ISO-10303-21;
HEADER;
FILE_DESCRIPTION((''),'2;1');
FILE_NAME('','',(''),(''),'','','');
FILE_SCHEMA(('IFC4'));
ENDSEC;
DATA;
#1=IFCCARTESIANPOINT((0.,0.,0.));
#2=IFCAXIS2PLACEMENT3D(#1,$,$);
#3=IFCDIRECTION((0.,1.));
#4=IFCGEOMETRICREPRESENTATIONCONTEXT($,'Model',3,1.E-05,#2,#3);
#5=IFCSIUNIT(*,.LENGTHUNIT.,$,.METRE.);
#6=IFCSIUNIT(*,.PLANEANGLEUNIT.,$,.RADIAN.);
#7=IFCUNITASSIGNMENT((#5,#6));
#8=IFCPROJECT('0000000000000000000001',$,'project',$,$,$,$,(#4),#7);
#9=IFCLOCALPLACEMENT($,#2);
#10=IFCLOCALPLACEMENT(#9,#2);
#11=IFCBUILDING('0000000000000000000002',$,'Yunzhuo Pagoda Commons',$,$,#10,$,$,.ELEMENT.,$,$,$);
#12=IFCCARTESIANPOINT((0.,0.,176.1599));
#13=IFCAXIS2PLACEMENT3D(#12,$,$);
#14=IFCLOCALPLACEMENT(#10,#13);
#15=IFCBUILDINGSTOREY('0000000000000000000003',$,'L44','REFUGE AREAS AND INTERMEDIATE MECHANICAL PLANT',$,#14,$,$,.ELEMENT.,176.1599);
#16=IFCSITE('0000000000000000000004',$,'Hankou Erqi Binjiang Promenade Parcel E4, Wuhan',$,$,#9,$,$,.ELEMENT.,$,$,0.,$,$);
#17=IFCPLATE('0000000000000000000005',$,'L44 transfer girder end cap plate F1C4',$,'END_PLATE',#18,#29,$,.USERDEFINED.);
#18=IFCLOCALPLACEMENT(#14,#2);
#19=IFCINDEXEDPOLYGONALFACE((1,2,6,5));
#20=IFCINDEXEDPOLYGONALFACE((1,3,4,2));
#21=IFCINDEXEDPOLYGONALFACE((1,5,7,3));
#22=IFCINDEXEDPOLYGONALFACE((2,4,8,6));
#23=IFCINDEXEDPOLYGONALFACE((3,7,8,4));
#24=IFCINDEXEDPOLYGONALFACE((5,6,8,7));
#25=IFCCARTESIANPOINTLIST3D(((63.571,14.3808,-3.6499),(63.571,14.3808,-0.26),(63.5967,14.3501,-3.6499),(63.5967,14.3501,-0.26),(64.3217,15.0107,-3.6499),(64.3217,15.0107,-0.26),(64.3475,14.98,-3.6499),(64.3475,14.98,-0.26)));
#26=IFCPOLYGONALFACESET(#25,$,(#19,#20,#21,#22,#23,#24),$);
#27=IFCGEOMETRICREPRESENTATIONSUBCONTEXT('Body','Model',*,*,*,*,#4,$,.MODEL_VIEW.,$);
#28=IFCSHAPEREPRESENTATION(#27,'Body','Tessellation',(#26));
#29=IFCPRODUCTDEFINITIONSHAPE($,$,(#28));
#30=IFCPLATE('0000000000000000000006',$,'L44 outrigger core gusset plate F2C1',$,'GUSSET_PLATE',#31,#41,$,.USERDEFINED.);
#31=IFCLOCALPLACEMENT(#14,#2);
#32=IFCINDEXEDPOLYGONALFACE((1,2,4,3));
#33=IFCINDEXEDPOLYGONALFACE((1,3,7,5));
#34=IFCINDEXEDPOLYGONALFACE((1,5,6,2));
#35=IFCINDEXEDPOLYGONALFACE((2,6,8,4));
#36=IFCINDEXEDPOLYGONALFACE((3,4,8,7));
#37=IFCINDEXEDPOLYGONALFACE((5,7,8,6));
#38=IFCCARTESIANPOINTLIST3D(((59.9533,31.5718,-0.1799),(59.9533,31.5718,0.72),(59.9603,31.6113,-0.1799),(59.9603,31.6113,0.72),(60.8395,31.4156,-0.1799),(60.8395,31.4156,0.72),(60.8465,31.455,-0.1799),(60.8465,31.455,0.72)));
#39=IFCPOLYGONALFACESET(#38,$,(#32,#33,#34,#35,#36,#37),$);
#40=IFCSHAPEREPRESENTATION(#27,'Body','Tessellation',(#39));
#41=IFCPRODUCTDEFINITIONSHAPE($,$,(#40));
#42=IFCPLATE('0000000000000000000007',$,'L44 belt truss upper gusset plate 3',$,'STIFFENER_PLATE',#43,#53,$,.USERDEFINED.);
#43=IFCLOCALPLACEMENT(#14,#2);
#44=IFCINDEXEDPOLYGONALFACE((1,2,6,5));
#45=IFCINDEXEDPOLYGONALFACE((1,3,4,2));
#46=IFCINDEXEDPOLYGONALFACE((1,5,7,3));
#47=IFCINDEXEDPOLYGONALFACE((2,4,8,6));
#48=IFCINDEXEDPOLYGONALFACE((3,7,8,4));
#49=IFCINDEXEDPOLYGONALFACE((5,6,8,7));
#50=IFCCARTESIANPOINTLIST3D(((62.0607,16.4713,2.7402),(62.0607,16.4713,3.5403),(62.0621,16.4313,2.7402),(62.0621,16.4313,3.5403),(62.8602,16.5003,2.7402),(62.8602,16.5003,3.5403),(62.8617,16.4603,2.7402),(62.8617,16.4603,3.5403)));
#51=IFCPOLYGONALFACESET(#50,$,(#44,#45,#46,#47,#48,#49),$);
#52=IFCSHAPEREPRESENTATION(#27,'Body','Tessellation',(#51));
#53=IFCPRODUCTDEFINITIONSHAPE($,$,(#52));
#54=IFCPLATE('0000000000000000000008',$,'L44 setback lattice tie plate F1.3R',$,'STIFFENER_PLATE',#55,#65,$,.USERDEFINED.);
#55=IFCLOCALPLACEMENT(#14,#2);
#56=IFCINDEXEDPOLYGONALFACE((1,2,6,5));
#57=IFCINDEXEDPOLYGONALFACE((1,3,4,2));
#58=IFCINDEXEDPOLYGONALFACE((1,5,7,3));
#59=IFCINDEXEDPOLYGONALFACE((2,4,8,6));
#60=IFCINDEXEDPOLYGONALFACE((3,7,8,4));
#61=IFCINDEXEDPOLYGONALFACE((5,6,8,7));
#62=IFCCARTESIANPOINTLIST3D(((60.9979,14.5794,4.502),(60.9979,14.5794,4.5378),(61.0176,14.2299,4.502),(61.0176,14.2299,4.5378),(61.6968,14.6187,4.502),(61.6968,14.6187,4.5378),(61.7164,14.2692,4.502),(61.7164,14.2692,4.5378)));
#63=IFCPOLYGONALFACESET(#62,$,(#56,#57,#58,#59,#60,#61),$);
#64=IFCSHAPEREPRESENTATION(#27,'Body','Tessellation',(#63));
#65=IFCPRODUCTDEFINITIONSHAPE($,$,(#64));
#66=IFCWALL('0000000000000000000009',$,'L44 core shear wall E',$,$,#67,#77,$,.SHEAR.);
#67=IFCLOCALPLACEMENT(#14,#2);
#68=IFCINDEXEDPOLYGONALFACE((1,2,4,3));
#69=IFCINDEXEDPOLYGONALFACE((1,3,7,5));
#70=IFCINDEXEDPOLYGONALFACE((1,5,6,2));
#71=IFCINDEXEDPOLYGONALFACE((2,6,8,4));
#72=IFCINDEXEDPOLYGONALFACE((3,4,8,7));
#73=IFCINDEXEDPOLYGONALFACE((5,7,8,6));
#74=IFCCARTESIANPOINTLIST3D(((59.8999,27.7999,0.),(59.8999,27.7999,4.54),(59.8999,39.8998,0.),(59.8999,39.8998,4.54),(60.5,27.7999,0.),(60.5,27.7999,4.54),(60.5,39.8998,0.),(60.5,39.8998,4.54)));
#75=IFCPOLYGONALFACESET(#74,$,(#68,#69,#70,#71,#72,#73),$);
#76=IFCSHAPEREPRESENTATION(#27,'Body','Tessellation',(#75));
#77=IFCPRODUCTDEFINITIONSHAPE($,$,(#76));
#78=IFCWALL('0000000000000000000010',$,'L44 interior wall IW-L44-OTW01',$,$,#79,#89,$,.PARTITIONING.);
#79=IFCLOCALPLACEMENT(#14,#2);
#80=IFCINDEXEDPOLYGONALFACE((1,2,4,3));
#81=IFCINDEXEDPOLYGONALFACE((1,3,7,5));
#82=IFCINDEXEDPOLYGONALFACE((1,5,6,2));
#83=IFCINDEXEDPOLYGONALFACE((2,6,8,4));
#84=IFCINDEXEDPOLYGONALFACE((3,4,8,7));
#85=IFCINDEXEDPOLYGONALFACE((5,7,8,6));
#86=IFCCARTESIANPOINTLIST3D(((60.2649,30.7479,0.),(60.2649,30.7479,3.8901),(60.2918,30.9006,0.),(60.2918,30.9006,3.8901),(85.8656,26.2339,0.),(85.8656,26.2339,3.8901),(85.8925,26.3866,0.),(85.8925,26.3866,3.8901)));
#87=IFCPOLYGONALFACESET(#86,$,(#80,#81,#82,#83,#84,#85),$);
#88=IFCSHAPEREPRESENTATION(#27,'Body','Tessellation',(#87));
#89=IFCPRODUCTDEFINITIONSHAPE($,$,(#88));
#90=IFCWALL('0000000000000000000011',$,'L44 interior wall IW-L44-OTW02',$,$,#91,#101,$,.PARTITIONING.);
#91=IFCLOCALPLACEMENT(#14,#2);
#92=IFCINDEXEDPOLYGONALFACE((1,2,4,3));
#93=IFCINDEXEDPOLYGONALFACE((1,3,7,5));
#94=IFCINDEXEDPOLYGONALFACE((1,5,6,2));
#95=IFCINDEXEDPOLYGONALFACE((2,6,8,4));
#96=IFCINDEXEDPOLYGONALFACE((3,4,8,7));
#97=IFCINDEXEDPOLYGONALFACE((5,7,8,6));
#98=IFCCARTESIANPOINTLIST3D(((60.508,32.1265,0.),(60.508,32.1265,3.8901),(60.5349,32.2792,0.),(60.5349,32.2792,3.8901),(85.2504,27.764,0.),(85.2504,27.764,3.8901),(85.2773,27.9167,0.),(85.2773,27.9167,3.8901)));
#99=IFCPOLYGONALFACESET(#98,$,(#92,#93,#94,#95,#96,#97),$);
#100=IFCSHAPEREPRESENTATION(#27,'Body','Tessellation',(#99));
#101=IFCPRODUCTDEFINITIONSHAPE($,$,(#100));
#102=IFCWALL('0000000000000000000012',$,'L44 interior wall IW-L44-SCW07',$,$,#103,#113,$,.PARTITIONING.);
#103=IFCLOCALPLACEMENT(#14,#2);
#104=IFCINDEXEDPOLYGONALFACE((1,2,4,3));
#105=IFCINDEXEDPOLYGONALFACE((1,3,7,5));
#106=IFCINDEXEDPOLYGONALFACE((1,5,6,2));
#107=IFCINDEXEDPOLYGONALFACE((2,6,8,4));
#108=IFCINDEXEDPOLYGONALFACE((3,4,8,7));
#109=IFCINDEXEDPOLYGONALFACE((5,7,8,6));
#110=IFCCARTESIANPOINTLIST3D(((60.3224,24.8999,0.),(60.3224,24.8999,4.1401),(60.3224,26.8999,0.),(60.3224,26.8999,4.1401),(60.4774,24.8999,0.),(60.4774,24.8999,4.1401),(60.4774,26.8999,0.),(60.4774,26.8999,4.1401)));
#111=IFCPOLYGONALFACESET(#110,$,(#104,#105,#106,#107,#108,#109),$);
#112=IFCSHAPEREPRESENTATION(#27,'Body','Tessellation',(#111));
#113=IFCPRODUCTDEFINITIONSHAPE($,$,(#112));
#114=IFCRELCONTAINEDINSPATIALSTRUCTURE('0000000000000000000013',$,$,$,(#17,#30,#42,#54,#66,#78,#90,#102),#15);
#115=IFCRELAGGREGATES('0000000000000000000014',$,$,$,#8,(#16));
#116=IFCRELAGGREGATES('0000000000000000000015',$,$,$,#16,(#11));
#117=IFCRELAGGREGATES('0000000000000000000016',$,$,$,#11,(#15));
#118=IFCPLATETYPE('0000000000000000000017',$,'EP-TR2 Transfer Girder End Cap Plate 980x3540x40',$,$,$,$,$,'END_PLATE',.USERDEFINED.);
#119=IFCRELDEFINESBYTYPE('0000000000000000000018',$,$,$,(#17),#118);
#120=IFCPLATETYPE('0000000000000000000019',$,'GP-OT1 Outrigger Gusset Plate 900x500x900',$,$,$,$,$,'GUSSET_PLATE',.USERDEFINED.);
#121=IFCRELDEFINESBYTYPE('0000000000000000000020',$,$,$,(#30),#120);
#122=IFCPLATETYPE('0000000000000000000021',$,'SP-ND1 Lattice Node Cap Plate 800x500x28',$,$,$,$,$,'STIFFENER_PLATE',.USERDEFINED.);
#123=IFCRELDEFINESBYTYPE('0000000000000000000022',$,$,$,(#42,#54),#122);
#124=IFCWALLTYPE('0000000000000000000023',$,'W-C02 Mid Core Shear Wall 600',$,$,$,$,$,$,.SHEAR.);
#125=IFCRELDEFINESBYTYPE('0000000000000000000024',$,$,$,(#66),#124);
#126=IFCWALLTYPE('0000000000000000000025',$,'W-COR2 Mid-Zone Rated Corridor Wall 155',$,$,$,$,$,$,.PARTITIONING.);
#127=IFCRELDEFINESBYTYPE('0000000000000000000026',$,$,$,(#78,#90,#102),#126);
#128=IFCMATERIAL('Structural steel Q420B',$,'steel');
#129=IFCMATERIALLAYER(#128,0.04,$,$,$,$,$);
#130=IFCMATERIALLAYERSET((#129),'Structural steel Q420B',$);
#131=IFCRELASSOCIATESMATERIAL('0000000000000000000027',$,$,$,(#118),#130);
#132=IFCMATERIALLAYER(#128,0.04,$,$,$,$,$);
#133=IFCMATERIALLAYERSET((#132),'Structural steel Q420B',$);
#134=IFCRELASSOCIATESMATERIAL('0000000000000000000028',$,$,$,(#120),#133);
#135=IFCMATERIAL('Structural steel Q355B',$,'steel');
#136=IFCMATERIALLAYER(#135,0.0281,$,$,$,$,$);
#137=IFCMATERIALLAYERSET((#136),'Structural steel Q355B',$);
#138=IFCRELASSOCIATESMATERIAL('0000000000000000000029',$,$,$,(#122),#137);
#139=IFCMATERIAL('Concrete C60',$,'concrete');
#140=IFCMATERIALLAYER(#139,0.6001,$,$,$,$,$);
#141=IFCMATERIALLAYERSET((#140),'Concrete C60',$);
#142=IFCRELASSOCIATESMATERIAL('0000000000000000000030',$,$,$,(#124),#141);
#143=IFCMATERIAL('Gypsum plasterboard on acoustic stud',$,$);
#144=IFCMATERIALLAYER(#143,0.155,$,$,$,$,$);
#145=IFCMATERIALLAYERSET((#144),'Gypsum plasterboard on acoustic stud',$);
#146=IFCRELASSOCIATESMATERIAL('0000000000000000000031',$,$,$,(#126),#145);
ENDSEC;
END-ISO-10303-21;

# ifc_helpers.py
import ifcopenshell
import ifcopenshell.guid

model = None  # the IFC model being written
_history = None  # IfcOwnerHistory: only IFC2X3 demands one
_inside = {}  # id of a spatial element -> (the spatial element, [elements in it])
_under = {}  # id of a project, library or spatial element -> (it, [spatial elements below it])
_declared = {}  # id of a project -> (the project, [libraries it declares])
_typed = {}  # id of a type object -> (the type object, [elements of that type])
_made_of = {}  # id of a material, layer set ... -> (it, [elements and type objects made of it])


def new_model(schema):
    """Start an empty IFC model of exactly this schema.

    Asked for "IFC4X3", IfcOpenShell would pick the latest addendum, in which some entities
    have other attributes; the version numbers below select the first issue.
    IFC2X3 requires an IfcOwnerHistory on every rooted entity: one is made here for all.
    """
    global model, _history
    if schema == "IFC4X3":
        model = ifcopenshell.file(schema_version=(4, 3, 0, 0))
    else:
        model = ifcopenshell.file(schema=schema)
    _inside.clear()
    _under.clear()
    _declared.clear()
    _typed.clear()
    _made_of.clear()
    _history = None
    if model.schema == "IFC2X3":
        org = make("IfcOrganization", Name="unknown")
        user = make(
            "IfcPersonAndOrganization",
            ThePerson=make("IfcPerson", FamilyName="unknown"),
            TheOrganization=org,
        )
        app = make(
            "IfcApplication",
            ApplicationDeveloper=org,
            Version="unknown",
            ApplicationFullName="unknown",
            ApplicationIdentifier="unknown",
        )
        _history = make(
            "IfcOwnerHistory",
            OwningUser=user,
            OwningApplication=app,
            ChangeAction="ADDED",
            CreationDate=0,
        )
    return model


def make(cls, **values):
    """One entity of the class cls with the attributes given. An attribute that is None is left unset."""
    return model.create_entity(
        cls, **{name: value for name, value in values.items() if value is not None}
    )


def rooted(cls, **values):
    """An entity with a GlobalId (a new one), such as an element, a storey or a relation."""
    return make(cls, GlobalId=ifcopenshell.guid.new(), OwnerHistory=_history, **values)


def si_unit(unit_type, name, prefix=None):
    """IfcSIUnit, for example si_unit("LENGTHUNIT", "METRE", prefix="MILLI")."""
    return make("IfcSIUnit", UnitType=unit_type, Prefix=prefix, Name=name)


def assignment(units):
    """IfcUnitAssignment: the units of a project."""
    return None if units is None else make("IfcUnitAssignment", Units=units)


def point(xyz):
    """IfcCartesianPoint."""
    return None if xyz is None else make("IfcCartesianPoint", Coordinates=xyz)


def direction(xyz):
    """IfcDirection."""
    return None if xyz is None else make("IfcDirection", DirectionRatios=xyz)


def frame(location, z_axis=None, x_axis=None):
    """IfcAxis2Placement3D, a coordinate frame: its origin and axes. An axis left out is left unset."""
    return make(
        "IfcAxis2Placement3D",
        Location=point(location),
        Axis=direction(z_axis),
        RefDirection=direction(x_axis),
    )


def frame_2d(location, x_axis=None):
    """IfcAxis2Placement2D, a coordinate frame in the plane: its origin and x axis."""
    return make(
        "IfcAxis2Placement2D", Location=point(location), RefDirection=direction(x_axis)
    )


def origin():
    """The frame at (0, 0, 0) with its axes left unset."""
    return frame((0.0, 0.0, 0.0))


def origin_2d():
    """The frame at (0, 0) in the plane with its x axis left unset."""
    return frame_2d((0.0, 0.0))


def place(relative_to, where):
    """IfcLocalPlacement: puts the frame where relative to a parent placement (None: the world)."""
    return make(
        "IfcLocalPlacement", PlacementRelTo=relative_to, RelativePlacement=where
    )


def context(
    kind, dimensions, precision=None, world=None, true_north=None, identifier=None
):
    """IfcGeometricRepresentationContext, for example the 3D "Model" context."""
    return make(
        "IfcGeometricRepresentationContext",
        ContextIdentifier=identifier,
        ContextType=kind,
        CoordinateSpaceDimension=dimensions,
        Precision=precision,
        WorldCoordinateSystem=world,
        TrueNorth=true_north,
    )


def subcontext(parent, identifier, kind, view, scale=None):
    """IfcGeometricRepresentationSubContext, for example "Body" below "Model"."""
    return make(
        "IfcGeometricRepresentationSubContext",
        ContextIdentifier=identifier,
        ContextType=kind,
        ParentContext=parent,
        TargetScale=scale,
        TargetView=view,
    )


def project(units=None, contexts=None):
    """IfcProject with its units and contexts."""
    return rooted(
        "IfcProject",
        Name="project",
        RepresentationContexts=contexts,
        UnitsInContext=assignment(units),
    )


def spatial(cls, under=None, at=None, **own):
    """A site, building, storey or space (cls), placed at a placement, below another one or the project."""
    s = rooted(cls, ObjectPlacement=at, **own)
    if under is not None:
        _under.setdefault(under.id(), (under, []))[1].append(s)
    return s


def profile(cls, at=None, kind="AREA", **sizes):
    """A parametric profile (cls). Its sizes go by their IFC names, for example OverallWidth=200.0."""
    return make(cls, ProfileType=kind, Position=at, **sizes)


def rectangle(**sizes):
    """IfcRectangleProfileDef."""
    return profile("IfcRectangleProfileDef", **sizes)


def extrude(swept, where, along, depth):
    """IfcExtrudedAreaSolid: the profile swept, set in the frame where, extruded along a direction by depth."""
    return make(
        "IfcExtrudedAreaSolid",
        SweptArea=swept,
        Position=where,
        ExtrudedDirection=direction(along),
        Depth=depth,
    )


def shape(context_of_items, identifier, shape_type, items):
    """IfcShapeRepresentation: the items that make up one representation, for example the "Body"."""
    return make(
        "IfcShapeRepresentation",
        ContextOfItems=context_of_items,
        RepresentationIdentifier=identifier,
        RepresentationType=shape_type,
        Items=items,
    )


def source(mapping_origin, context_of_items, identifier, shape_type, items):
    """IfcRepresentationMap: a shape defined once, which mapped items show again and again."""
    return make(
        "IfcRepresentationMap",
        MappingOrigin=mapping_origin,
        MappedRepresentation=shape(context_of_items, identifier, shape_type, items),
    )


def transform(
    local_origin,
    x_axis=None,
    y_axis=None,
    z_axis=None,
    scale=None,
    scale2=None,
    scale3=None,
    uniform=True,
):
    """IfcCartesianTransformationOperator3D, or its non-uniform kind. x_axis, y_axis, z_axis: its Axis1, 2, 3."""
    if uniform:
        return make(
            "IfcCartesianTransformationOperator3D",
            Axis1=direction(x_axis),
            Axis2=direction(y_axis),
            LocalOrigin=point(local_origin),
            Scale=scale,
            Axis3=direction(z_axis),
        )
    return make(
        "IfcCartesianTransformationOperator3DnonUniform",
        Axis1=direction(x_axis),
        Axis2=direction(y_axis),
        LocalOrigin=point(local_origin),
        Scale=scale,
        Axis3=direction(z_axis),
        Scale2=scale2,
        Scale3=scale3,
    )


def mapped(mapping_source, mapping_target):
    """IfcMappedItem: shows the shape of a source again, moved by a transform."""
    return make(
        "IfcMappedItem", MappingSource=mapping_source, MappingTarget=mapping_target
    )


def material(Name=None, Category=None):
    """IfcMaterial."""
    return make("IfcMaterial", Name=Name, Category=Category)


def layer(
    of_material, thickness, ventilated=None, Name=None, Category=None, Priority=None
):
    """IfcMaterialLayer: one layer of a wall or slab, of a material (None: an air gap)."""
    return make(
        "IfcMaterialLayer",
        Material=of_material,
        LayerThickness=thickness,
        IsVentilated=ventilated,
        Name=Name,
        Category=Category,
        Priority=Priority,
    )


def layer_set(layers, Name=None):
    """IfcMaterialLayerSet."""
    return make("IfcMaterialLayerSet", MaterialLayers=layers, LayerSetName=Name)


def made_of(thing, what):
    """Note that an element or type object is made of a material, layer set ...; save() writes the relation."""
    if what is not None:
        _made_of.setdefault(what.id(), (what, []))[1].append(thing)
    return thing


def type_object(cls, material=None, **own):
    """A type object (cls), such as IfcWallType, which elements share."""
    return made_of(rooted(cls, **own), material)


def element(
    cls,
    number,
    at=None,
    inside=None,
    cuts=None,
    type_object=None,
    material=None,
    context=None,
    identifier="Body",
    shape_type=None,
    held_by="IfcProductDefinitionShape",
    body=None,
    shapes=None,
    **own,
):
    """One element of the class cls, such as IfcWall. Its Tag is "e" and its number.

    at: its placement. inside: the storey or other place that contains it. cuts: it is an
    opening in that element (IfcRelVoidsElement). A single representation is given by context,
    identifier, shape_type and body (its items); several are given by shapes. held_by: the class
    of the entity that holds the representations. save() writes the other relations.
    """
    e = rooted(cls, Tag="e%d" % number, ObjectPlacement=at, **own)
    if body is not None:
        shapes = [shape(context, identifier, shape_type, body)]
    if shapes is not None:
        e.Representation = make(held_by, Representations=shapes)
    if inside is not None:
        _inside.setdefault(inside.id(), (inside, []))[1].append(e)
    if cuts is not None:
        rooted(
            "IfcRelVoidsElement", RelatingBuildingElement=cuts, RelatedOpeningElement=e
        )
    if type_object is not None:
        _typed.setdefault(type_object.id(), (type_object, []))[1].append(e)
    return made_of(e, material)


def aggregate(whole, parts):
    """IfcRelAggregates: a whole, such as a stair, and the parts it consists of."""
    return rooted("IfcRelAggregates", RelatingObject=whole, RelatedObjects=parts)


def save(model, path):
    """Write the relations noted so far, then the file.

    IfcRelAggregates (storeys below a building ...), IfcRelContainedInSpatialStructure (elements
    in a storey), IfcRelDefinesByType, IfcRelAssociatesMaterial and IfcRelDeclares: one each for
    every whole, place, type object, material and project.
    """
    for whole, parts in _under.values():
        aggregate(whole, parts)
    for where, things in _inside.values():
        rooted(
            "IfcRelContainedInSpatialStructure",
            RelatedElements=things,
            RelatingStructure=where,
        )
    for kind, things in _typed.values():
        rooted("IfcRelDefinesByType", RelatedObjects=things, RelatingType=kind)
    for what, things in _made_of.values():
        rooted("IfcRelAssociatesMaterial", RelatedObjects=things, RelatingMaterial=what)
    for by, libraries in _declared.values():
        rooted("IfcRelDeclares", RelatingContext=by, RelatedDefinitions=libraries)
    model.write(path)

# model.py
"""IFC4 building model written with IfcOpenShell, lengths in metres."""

from ifc_helpers import new_model, si_unit, direction, frame, frame_2d, origin, origin_2d, place, context, subcontext, project, spatial, rectangle, extrude, source, transform, mapped, material, layer, layer_set, type_object, element, save


model = new_model("IFC4")

# Units and contexts
model_context = context("Model", 3, precision=1e-05, world=origin(), true_north=direction((0.0, 1.0)))
body_context = subcontext(model_context, "Body", "Model", "MODEL_VIEW")
ifc_project = project(units=[si_unit("LENGTHUNIT", "METRE"), si_unit("PLANEANGLEUNIT", "RADIAN")], contexts=[model_context])

# Site, building, storey
site_placement = place(None, origin())
site = spatial("IfcSite", under=ifc_project, at=site_placement, Name="Hankou Erqi Binjiang Promenade Parcel E4, Wuhan", CompositionType="ELEMENT", RefElevation=0.0)
building_placement = place(site_placement, origin())
building = spatial("IfcBuilding", under=site, at=building_placement, Name="Yunzhuo Pagoda Commons", CompositionType="ELEMENT")
storey_placement = place(building_placement, frame((0.0, 0.0, 176.1599)))
storey = spatial("IfcBuildingStorey", under=building, at=storey_placement, Name="L44", Description="REFUGE AREAS AND INTERMEDIATE MECHANICAL PLANT", CompositionType="ELEMENT", Elevation=176.1599)

# Shared definitions
ifc_material_1 = material(Name="Structural steel Q420B", Category="steel")

# Shared definitions
ifc_material_2 = material(Name="Structural steel Q355B", Category="steel")

# Plates
ifc_layer_1 = layer(ifc_material_1, 0.04)
ifc_layer_set_1 = layer_set([ifc_layer_1], Name="Structural steel Q420B")
plate_type_1 = type_object("IfcPlateType", Name="EP-TR2 Transfer Girder End Cap Plate 980x3540x40", ElementType="END_PLATE", PredefinedType="USERDEFINED", material=ifc_layer_set_1)
shared_shape_1 = source(origin(), body_context, "Body", "SweptSolid", [
    extrude(rectangle(XDim=0.98, YDim=0.04, at=origin_2d()), origin(), (0.0, 0.0, 1.0), 3.3899),
])
plate_1_placement = place(storey_placement, frame((63.9592, 14.6804, -3.6499), z_axis=(0.0, 0.0, 1.0), x_axis=(0.766044, 0.642788, 0.0)))
element("IfcPlate", 1, at=plate_1_placement, inside=storey, type_object=plate_type_1, Name="L44 transfer girder end cap plate F1C4", ObjectType="END_PLATE", PredefinedType="USERDEFINED", context=body_context, shape_type="MappedRepresentation", body=[
    mapped(shared_shape_1, transform((0.0, 0.0, 0.0), scale=1.0)),
])
ifc_layer_2 = layer(ifc_material_1, 0.04)
ifc_layer_set_2 = layer_set([ifc_layer_2], Name="Structural steel Q420B")
plate_type_2 = type_object("IfcPlateType", Name="GP-OT1 Outrigger Gusset Plate 900x500x900", ElementType="GUSSET_PLATE", PredefinedType="USERDEFINED", material=ifc_layer_set_2)
shared_shape_2 = source(origin(), body_context, "Body", "SweptSolid", [
    extrude(rectangle(XDim=0.8999, YDim=0.04, at=origin_2d()), origin(), (0.0, 0.0, 1.0), 0.8999),
])
plate_2_placement = place(storey_placement, frame((60.3999, 31.5134, -0.1799), z_axis=(0.0, 0.0, 1.0), x_axis=(0.984808, -0.173648, 0.0)))
element("IfcPlate", 2, at=plate_2_placement, inside=storey, type_object=plate_type_2, Name="L44 outrigger core gusset plate F2C1", ObjectType="GUSSET_PLATE", PredefinedType="USERDEFINED", context=body_context, shape_type="MappedRepresentation", body=[
    mapped(shared_shape_2, transform((0.0, 0.0, 0.0), scale=1.0)),
])
ifc_layer_3 = layer(ifc_material_2, 0.0281)
ifc_layer_set_3 = layer_set([ifc_layer_3], Name="Structural steel Q355B")
plate_type_3 = type_object("IfcPlateType", Name="SP-ND1 Lattice Node Cap Plate 800x500x28", ElementType="STIFFENER_PLATE", PredefinedType="USERDEFINED", material=ifc_layer_set_3)
shared_shape_3 = source(origin(), body_context, "Body", "SweptSolid", [
    extrude(rectangle(XDim=0.8, YDim=0.04, at=origin_2d()), origin(), (0.0, 0.0, 1.0), 0.8),
])
plate_3_placement = place(storey_placement, frame((62.4612, 16.4658, 2.7402), z_axis=(0.0, 0.0, 1.0), x_axis=(0.999343, 0.036243, 0.0)))
element("IfcPlate", 3, at=plate_3_placement, inside=storey, type_object=plate_type_3, Name="L44 belt truss upper gusset plate 3", ObjectType="STIFFENER_PLATE", PredefinedType="USERDEFINED", context=body_context, shape_type="MappedRepresentation", body=[
    mapped(shared_shape_3, transform((0.0, 0.0, 0.0), scale=1.0)),
])
shared_shape_4 = source(origin(), body_context, "Body", "SweptSolid", [
    extrude(rectangle(XDim=0.7, YDim=0.3501, at=origin_2d()), origin(), (0.0, 0.0, 1.0), 0.0359),
])
plate_4_placement = place(storey_placement, frame((61.3572, 14.4243, 4.502), z_axis=(0.0, 0.0, 1.0), x_axis=(0.998423, 0.056135, 0.0)))
element("IfcPlate", 4, at=plate_4_placement, inside=storey, type_object=plate_type_3, Name="L44 setback lattice tie plate F1.3R", ObjectType="STIFFENER_PLATE", PredefinedType="USERDEFINED", context=body_context, shape_type="MappedRepresentation", body=[
    mapped(shared_shape_4, transform((0.0, 0.0, 0.0), scale=1.0)),
])

# Walls
ifc_material_3 = material(Name="Concrete C60", Category="concrete")
ifc_layer_4 = layer(ifc_material_3, 0.6001)
ifc_layer_set_4 = layer_set([ifc_layer_4], Name="Concrete C60")
wall_type_1 = type_object("IfcWallType", Name="W-C02 Mid Core Shear Wall 600", PredefinedType="SHEAR", material=ifc_layer_set_4)
wall_1_placement = place(storey_placement, frame((60.2, 27.8, 0.0), z_axis=(0.0, 0.0, 1.0), x_axis=(0.0, 1.0, 0.0)))
element("IfcWall", 5, at=wall_1_placement, inside=storey, type_object=wall_type_1, Name="L44 core shear wall E", PredefinedType="SHEAR", context=body_context, shape_type="SweptSolid", body=[
    extrude(rectangle(XDim=12.0999, YDim=0.6001, at=frame_2d((6.0498, 0.0))), origin(), (0.0, 0.0, 1.0), 4.54),
])
ifc_material_4 = material(Name="Gypsum plasterboard on acoustic stud")
ifc_layer_5 = layer(ifc_material_4, 0.155)
ifc_layer_set_5 = layer_set([ifc_layer_5], Name="Gypsum plasterboard on acoustic stud")
wall_type_2 = type_object("IfcWallType", Name="W-COR2 Mid-Zone Rated Corridor Wall 155", PredefinedType="PARTITIONING", material=ifc_layer_set_5)
wall_2_placement = place(storey_placement, frame((60.2783, 30.8242, 0.0), z_axis=(0.0, 0.0, 1.0), x_axis=(0.984809, -0.173642, 0.0)))
element("IfcWall", 6, at=wall_2_placement, inside=storey, type_object=wall_type_2, Name="L44 interior wall IW-L44-OTW01", PredefinedType="PARTITIONING", context=body_context, shape_type="SweptSolid", body=[
    extrude(rectangle(XDim=25.9956, YDim=0.155, at=frame_2d((12.9978, 0.0))), origin(), (0.0, 0.0, 1.0), 3.8901),
])
wall_3_placement = place(storey_placement, frame((60.5215, 32.2029, 0.0), z_axis=(0.0, 0.0, 1.0), x_axis=(0.984809, -0.17364, 0.0)))
element("IfcWall", 7, at=wall_3_placement, inside=storey, type_object=wall_type_2, Name="L44 interior wall IW-L44-OTW02", PredefinedType="PARTITIONING", context=body_context, shape_type="SweptSolid", body=[
    extrude(rectangle(XDim=25.124, YDim=0.155, at=frame_2d((12.562, 0.0))), origin(), (0.0, 0.0, 1.0), 3.8901),
])
wall_4_placement = place(storey_placement, frame((60.3999, 26.8999, 0.0), z_axis=(0.0, 0.0, 1.0), x_axis=(0.0, -1.0, 0.0)))
element("IfcWall", 8, at=wall_4_placement, inside=storey, type_object=wall_type_2, Name="L44 interior wall IW-L44-SCW07", PredefinedType="PARTITIONING", context=body_context, shape_type="SweptSolid", body=[
    extrude(rectangle(XDim=2.0, YDim=0.155, at=frame_2d((1.0, 0.0))), origin(), (0.0, 0.0, 1.0), 4.1401),
])

save(model, "model.ifc")
